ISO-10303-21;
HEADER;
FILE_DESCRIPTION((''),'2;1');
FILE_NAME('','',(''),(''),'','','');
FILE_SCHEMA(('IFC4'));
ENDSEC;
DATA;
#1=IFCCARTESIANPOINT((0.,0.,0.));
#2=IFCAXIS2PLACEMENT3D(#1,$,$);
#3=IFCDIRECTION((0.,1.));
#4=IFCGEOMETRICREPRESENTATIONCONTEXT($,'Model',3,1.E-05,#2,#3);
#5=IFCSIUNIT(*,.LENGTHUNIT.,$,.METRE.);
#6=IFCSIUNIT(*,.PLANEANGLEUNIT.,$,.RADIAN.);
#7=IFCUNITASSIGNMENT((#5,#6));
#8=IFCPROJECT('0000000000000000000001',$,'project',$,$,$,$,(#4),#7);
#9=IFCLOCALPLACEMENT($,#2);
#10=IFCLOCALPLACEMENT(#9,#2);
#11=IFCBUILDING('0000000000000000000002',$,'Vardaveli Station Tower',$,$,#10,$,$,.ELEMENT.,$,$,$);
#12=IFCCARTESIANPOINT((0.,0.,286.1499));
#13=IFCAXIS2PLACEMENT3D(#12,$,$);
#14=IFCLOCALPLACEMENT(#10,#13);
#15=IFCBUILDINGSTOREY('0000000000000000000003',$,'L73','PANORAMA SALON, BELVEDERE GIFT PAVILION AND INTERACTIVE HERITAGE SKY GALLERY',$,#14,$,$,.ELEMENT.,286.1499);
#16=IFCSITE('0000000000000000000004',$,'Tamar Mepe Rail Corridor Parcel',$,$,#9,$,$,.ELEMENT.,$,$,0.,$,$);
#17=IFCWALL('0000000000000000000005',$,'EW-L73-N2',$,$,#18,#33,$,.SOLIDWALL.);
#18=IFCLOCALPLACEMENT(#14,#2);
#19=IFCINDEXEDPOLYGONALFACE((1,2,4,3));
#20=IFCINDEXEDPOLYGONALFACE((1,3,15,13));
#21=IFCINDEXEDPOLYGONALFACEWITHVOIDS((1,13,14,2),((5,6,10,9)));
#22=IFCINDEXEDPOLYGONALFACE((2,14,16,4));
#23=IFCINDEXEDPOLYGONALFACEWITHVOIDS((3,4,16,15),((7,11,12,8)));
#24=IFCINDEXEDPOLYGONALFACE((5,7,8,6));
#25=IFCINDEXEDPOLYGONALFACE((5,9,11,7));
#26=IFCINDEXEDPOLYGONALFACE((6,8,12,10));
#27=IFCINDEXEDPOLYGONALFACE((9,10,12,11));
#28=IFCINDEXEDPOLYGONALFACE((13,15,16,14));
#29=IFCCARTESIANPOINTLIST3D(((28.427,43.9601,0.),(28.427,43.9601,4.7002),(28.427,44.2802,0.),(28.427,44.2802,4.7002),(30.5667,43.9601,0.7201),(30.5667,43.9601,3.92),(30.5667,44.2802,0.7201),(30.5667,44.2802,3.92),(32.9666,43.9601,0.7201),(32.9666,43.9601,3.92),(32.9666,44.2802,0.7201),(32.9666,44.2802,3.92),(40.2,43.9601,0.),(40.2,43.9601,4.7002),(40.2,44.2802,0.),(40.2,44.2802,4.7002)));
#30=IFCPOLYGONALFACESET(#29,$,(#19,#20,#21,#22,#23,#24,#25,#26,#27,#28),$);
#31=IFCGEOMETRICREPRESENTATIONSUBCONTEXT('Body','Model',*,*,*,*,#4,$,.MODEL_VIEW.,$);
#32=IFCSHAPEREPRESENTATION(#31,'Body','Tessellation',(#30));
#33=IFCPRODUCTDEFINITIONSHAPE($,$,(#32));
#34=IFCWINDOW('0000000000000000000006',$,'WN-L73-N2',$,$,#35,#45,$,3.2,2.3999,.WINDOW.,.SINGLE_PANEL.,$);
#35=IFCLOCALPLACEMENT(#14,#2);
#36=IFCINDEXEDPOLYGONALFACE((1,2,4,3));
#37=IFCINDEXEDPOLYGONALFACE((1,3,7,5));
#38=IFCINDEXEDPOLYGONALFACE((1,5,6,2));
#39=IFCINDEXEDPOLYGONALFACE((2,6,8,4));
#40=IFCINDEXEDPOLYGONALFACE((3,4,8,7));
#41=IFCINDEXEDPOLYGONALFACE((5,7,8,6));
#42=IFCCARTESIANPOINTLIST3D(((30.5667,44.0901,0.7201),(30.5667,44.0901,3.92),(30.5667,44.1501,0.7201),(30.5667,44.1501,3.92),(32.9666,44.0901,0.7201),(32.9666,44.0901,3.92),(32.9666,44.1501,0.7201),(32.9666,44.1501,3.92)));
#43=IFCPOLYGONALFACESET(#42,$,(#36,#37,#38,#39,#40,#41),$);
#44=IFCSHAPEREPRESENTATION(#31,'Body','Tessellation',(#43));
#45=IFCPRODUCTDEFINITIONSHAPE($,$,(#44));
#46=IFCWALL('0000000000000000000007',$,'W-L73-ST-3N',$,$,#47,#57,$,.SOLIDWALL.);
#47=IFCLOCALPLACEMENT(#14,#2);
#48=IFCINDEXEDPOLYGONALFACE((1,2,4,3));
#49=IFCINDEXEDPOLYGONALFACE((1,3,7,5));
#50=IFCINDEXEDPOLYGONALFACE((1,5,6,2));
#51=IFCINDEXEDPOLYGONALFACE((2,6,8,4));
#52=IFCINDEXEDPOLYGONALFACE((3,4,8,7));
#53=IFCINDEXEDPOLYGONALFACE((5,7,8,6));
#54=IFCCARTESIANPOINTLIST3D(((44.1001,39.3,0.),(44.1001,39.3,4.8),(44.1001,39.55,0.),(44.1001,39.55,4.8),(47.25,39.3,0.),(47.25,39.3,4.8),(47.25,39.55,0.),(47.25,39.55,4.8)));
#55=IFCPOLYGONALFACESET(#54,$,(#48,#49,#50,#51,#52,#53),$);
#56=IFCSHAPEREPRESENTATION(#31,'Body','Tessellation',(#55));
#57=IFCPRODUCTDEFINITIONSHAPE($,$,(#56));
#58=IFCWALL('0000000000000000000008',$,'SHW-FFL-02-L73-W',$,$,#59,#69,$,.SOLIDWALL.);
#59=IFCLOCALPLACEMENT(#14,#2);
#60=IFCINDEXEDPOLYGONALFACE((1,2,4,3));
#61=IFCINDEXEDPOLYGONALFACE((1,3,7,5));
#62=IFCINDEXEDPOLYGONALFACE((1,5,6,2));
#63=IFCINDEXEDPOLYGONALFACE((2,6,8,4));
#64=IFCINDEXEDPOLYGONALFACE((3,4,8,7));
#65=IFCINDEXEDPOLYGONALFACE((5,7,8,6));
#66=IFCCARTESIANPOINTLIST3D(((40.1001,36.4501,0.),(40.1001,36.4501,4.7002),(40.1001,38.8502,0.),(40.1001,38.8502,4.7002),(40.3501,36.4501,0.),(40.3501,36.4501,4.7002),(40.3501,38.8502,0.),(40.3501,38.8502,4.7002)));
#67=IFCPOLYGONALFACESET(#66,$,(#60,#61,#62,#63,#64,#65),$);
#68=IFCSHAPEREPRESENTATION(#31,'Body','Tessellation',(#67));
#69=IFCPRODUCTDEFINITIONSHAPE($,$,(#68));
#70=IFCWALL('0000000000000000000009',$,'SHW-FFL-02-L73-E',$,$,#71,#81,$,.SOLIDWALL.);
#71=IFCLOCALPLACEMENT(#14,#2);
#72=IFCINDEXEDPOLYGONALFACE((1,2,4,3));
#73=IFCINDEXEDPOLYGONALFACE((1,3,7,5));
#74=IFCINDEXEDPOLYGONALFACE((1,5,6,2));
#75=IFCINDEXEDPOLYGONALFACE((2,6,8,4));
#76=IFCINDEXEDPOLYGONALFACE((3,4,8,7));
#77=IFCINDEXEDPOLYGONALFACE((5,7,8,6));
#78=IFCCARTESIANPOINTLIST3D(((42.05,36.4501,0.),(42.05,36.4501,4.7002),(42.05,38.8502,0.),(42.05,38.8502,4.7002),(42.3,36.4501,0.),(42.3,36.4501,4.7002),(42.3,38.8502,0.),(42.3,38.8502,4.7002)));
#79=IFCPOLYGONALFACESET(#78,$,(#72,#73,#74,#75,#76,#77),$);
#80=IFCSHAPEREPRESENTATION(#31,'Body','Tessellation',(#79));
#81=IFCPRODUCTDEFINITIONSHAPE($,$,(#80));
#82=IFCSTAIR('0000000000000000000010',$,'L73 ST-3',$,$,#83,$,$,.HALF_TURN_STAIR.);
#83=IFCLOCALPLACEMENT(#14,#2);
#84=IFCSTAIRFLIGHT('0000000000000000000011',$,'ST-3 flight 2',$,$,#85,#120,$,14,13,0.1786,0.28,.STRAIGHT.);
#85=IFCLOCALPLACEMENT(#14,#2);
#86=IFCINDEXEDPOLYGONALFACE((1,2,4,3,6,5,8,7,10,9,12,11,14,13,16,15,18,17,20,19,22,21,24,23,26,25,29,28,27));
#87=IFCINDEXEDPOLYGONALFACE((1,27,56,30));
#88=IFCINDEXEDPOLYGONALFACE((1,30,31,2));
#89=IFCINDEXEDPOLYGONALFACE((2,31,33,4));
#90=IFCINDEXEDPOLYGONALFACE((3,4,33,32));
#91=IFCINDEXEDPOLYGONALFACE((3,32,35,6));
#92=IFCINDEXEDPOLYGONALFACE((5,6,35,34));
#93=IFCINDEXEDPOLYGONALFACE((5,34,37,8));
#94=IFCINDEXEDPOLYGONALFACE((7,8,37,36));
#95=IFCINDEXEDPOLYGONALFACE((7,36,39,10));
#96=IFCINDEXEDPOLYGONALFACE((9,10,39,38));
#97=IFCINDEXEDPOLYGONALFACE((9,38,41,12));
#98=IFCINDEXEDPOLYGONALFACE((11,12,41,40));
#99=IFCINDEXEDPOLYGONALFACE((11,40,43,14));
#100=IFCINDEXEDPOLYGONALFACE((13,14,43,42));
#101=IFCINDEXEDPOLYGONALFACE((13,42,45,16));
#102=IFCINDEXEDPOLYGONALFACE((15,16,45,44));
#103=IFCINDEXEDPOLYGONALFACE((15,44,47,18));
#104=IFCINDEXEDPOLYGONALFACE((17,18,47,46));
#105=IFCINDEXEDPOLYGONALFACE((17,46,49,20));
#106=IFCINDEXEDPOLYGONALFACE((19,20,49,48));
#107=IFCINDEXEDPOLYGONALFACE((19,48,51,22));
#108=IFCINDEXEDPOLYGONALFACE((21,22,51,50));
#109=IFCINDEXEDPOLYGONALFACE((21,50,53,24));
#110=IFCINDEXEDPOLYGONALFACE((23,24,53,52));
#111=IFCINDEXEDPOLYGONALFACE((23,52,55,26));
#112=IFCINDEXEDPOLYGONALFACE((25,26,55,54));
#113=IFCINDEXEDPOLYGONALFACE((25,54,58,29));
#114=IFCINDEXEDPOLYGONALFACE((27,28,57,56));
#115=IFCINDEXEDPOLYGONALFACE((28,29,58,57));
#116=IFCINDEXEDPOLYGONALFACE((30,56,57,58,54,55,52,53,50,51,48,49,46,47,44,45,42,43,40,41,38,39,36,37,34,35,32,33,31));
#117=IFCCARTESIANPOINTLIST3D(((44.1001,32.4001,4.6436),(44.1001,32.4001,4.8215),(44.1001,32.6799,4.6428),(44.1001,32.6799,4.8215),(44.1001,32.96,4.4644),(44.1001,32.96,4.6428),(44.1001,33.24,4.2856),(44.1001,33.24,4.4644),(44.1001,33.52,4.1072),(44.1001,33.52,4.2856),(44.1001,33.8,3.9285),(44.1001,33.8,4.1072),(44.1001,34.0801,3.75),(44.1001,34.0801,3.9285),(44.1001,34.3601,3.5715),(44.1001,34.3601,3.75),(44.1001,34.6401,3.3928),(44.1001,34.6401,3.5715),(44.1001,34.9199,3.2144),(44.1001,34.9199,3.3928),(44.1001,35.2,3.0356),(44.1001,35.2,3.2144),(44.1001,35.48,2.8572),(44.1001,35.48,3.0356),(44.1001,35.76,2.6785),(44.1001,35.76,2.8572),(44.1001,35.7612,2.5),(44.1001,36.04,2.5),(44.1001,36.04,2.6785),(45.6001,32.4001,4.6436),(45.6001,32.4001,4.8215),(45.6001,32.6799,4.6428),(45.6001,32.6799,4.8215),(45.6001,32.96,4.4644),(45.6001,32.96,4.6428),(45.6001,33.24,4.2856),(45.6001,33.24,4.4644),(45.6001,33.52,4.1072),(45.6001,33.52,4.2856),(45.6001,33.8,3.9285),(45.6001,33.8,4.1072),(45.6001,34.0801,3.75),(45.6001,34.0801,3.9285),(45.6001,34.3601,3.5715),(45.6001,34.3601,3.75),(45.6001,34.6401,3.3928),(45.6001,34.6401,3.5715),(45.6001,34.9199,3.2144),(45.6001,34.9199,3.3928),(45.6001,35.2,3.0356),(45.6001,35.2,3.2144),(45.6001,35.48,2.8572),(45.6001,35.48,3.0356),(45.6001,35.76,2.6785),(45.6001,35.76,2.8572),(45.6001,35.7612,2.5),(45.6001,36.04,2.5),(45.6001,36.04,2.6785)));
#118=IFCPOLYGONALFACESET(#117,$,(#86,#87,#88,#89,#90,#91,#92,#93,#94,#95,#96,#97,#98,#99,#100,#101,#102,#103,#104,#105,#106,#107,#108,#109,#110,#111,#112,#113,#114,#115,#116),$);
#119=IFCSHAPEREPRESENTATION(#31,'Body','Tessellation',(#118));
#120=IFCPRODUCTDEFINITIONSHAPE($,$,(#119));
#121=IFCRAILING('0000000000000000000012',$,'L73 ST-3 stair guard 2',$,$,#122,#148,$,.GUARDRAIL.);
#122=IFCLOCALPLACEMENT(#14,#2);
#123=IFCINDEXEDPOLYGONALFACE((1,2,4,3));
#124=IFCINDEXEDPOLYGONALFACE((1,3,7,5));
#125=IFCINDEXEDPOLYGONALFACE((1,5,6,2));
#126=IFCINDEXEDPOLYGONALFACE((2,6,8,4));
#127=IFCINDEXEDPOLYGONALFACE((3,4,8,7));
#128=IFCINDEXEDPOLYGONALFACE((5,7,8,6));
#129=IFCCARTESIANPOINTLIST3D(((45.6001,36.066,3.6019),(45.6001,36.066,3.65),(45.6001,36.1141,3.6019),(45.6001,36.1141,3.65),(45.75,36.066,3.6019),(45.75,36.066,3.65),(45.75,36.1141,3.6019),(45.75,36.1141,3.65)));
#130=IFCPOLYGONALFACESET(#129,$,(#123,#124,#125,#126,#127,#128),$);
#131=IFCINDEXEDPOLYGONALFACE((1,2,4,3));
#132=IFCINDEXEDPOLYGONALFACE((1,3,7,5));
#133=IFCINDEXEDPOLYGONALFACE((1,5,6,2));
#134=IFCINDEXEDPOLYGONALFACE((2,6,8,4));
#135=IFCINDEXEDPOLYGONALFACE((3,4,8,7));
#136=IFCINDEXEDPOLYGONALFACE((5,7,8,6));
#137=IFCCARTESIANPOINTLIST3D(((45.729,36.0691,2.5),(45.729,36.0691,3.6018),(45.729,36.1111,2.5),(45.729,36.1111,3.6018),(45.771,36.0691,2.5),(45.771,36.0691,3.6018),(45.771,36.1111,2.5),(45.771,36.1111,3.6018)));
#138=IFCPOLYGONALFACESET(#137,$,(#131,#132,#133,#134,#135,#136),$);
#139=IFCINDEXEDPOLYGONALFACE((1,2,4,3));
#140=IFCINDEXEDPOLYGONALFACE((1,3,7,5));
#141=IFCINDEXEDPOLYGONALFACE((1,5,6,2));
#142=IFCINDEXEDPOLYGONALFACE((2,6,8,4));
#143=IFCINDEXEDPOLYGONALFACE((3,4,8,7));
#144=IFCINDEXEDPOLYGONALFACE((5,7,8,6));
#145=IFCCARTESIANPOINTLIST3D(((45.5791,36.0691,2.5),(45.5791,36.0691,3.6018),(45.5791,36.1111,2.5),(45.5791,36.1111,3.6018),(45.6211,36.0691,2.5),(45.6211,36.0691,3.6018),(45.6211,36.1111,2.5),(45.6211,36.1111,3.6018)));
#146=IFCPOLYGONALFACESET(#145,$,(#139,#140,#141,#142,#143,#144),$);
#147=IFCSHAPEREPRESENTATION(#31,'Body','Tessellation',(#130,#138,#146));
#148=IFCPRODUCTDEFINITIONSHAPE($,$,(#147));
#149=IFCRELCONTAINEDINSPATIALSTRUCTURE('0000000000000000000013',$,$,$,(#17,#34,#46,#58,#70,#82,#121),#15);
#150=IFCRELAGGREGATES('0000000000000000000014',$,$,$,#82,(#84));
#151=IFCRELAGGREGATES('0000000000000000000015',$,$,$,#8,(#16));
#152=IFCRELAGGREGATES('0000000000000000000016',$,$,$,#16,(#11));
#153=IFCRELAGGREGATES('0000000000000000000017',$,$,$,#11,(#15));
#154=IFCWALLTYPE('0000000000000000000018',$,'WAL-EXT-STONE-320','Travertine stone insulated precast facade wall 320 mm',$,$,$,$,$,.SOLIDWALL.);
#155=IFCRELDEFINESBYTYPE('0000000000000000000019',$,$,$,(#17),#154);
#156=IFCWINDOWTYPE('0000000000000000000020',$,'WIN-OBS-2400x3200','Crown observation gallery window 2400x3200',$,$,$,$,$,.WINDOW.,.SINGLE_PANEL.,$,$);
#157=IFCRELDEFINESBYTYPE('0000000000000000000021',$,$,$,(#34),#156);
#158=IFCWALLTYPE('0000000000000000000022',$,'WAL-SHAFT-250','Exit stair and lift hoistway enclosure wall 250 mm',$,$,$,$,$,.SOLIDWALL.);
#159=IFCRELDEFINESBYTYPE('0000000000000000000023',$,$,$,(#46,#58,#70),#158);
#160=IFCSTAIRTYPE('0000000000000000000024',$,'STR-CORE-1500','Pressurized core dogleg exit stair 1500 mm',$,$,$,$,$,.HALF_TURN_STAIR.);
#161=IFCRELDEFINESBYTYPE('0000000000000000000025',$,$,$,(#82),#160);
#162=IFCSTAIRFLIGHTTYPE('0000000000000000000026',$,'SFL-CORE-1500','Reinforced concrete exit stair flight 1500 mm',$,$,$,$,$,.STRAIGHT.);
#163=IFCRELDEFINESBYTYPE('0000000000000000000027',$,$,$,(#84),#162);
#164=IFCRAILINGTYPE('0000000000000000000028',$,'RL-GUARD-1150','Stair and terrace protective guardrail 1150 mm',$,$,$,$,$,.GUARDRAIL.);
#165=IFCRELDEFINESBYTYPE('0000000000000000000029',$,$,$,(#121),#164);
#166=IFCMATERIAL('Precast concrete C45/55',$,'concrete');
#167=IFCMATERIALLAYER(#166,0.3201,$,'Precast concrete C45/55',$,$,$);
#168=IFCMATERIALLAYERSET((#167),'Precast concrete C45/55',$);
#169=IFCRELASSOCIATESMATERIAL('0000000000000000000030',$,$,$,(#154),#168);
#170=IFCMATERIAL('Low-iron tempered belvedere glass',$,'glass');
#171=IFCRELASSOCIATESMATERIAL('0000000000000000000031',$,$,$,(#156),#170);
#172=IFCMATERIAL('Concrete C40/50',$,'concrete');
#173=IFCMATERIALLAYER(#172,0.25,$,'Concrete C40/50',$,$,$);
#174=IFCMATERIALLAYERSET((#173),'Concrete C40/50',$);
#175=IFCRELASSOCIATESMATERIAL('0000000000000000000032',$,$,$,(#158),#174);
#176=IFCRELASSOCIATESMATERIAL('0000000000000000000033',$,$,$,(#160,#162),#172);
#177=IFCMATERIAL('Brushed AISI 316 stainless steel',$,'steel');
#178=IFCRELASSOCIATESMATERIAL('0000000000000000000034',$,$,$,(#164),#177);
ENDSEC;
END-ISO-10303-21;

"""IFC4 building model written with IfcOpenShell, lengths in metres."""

from ifc_helpers import new_model, si_unit, direction, frame, frame_2d, origin, origin_2d, place, context, subcontext, project, spatial, polyline, rectangle, outline, extrude, source, transform, mapped, material, layer, layer_set, type_object, element, fill, aggregate, save


model = new_model("IFC4")

# Units and contexts
model_context = context("Model", 3, precision=1e-05, world=origin(), true_north=direction((0.0, 1.0)))
body_context = subcontext(model_context, "Body", "Model", "MODEL_VIEW")
ifc_project = project(units=[si_unit("LENGTHUNIT", "METRE"), si_unit("PLANEANGLEUNIT", "RADIAN")], contexts=[model_context])

# Site, building, storey
site_placement = place(None, origin())
site = spatial("IfcSite", under=ifc_project, at=site_placement, Name="Tamar Mepe Rail Corridor Parcel", CompositionType="ELEMENT", RefElevation=0.0)
building_placement = place(site_placement, origin())
building = spatial("IfcBuilding", under=site, at=building_placement, Name="Vardaveli Station Tower", CompositionType="ELEMENT")
storey_placement = place(building_placement, frame((0.0, 0.0, 286.1499)))
storey = spatial("IfcBuildingStorey", under=building, at=storey_placement, Name="L73", Description="PANORAMA SALON, BELVEDERE GIFT PAVILION AND INTERACTIVE HERITAGE SKY GALLERY", CompositionType="ELEMENT", Elevation=286.1499)

# Wall, opening, window
ifc_material_1 = material(Name="Precast concrete C45/55", Category="concrete")
ifc_layer_1 = layer(ifc_material_1, 0.3201, Name="Precast concrete C45/55")
ifc_layer_set_1 = layer_set([ifc_layer_1], Name="Precast concrete C45/55")
wall_type_1 = type_object("IfcWallType", Name="WAL-EXT-STONE-320", Description="Travertine stone insulated precast facade wall 320 mm", PredefinedType="SOLIDWALL", material=ifc_layer_set_1)
shared_shape_1 = source(origin(), body_context, "Body", "SweptSolid", [
    extrude(rectangle(XDim=11.7729, YDim=0.3201, at=frame_2d((5.8865, 0.0))), origin(), (0.0, 0.0, 1.0), 4.7002),
])
wall_1_placement = place(storey_placement, frame((40.2, 44.1201, 0.0), z_axis=(0.0, 0.0, 1.0), x_axis=(-1.0, 0.0, 0.0)))
wall_1 = element("IfcWall", 1, at=wall_1_placement, inside=storey, type_object=wall_type_1, Name="EW-L73-N2", PredefinedType="SOLIDWALL", context=body_context, shape_type="MappedRepresentation", body=[
    mapped(shared_shape_1, transform((0.0, 0.0, 0.0), scale=1.0)),
])
shared_shape_2 = source(origin(), body_context, "Body", "SweptSolid", [
    extrude(rectangle(XDim=2.3999, YDim=3.2, at=frame_2d((1.2, 1.6001))), frame((0.0, 0.1699, 0.0), z_axis=(0.0, -1.0, 0.0), x_axis=(1.0, 0.0, 0.0)), (0.0, 0.0, 1.0), 0.3401),
])
opening_placement = place(wall_1_placement, frame((7.2334, 0.0, 0.72)))
opening = element("IfcOpeningElement", 2, at=opening_placement, cuts=wall_1, PredefinedType="OPENING", context=body_context, shape_type="MappedRepresentation", body=[
    mapped(shared_shape_2, transform((0.0, 0.0, 0.0), scale=1.0)),
])
ifc_material_2 = material(Name="Low-iron tempered belvedere glass", Category="glass")
window_type = type_object("IfcWindowType", Name="WIN-OBS-2400x3200", Description="Crown observation gallery window 2400x3200", PartitioningType="SINGLE_PANEL", PredefinedType="WINDOW", material=ifc_material_2)
shared_shape_3 = source(origin(), body_context, "Body", "SweptSolid", [
    extrude(rectangle(XDim=2.3999, YDim=3.2, at=frame_2d((1.2, 1.6001))), frame((0.0, 0.03, 0.0), z_axis=(0.0, -1.0, 0.0), x_axis=(1.0, 0.0, 0.0)), (0.0, 0.0, 1.0), 0.0601),
])
window_placement = place(opening_placement, origin())
window = element("IfcWindow", 3, at=window_placement, inside=storey, type_object=window_type, Name="WN-L73-N2", OverallHeight=3.2, OverallWidth=2.3999, PartitioningType="SINGLE_PANEL", PredefinedType="WINDOW", context=body_context, shape_type="MappedRepresentation", body=[
    mapped(shared_shape_3, transform((0.0, 0.0, 0.0), scale=1.0)),
])
fill(opening, window)

# Walls
ifc_material_3 = material(Name="Concrete C40/50", Category="concrete")
ifc_layer_2 = layer(ifc_material_3, 0.25, Name="Concrete C40/50")
ifc_layer_set_2 = layer_set([ifc_layer_2], Name="Concrete C40/50")
wall_type_2 = type_object("IfcWallType", Name="WAL-SHAFT-250", Description="Exit stair and lift hoistway enclosure wall 250 mm", PredefinedType="SOLIDWALL", material=ifc_layer_set_2)
shared_shape_4 = source(origin(), body_context, "Body", "SweptSolid", [
    extrude(rectangle(XDim=3.1499, YDim=0.25, at=frame_2d((1.575, 0.0))), origin(), (0.0, 0.0, 1.0), 4.8),
])
wall_2_placement = place(storey_placement, frame((44.1001, 39.425, 0.0), z_axis=(0.0, 0.0, 1.0), x_axis=(1.0, 0.0, 0.0)))
element("IfcWall", 4, at=wall_2_placement, inside=storey, type_object=wall_type_2, Name="W-L73-ST-3N", PredefinedType="SOLIDWALL", context=body_context, shape_type="MappedRepresentation", body=[
    mapped(shared_shape_4, transform((0.0, 0.0, 0.0), scale=1.0)),
])
shared_shape_5 = source(origin(), body_context, "Body", "SweptSolid", [
    extrude(rectangle(XDim=2.4001, YDim=0.25, at=frame_2d((1.2002, 0.0))), origin(), (0.0, 0.0, 1.0), 4.7002),
])
for number, where, z_axis, x_axis, name in (
    (5, (40.2251, 36.45, 0.0), (0.0, 0.0, 1.0), (0.0, 1.0, 0.0), "SHW-FFL-02-L73-W"),
    (6, (42.175, 36.45, 0.0), (0.0, 0.0, 1.0), (0.0, 1.0, 0.0), "SHW-FFL-02-L73-E"),
):
    element("IfcWall", number, at=place(storey_placement, frame(where, z_axis=z_axis, x_axis=x_axis)), inside=storey, type_object=wall_type_2, Name=name, PredefinedType="SOLIDWALL", context=body_context, shape_type="MappedRepresentation", body=[
        mapped(shared_shape_5, transform((0.0, 0.0, 0.0), scale=1.0)),
    ])

# Stair, stair flight
stair_type = type_object("IfcStairType", Name="STR-CORE-1500", Description="Pressurized core dogleg exit stair 1500 mm", PredefinedType="HALF_TURN_STAIR", material=ifc_material_3)
stair_placement = place(storey_placement, origin())
stair = element("IfcStair", 7, at=stair_placement, inside=storey, type_object=stair_type, Name="L73 ST-3", PredefinedType="HALF_TURN_STAIR")
stair_flight_type = type_object("IfcStairFlightType", Name="SFL-CORE-1500", Description="Reinforced concrete exit stair flight 1500 mm", PredefinedType="STRAIGHT", material=ifc_material_3)
shared_shape_6 = source(origin(), body_context, "Body", "SweptSolid", [
    extrude(outline(polyline([(0.0, 0.0), (0.0, 0.1785), (0.28, 0.1785), (0.28, 0.3572), (0.5601, 0.3572), (0.5601, 0.5356), (0.8401, 0.5356), (0.8401, 0.7144), (1.1201, 0.7144), (1.1201, 0.8928), (1.3999, 0.8928), (1.3999, 1.0715), (1.6799, 1.0715), (1.6799, 1.25), (1.96, 1.25), (1.96, 1.4285), (2.24, 1.4285), (2.24, 1.6072), (2.52, 1.6072), (2.52, 1.7856), (2.8, 1.7856), (2.8, 1.9644), (3.0801, 1.9644), (3.0801, 2.1428), (3.3601, 2.1428), (3.3601, 2.3215), (3.6399, 2.3215), (3.6399, 2.5), (3.6399, 2.1436), (0.2788, 0.0), (0.0, 0.0)])), frame((0.0, 0.75, 0.0), z_axis=(0.0, -1.0, 0.0), x_axis=(1.0, 0.0, 0.0)), (0.0, 0.0, 1.0), 1.5),
])
stair_flight_placement = place(storey_placement, frame((44.8501, 36.04, 2.5), z_axis=(0.0, 0.0, 1.0), x_axis=(0.0, -1.0, 0.0)))
stair_flight = element("IfcStairFlight", 8, at=stair_flight_placement, type_object=stair_flight_type, Name="ST-3 flight 2", NumberOfRisers=14, NumberOfTreads=13, PredefinedType="STRAIGHT", RiserHeight=0.1786, TreadLength=0.28, context=body_context, shape_type="MappedRepresentation", body=[
    mapped(shared_shape_6, transform((0.0, 0.0, 0.0), scale=1.0)),
])
aggregate(stair, [stair_flight])

# Railing
ifc_material_4 = material(Name="Brushed AISI 316 stainless steel", Category="steel")
railing_type = type_object("IfcRailingType", Name="RL-GUARD-1150", Description="Stair and terrace protective guardrail 1150 mm", PredefinedType="GUARDRAIL", material=ifc_material_4)
shared_shape_7 = source(origin(), body_context, "Body", "SweptSolid", [
    extrude(rectangle(XDim=0.0481, YDim=0.0481, at=origin_2d()), frame((0.0, 0.0, 1.126), z_axis=(-1.0, 0.0, 0.0), x_axis=(0.0, -1.0, 0.0)), (0.0, 0.0, 1.0), 0.1499),
    extrude(rectangle(XDim=0.042, YDim=0.042, at=origin_2d()), origin(), (0.0, 0.0, 1.0), 1.1018),
    extrude(rectangle(XDim=0.042, YDim=0.042, at=origin_2d()), frame((-0.1499, 0.0, 0.0)), (0.0, 0.0, 1.0), 1.1018),
])
railing_1_placement = place(storey_placement, frame((45.75, 36.0901, 2.5)))
element("IfcRailing", 9, at=railing_1_placement, inside=storey, type_object=railing_type, Name="L73 ST-3 stair guard 2", PredefinedType="GUARDRAIL", context=body_context, shape_type="MappedRepresentation", body=[
    mapped(shared_shape_7, transform((0.0, 0.0, 0.0), scale=1.0)),
])

save(model, "model.ifc")
